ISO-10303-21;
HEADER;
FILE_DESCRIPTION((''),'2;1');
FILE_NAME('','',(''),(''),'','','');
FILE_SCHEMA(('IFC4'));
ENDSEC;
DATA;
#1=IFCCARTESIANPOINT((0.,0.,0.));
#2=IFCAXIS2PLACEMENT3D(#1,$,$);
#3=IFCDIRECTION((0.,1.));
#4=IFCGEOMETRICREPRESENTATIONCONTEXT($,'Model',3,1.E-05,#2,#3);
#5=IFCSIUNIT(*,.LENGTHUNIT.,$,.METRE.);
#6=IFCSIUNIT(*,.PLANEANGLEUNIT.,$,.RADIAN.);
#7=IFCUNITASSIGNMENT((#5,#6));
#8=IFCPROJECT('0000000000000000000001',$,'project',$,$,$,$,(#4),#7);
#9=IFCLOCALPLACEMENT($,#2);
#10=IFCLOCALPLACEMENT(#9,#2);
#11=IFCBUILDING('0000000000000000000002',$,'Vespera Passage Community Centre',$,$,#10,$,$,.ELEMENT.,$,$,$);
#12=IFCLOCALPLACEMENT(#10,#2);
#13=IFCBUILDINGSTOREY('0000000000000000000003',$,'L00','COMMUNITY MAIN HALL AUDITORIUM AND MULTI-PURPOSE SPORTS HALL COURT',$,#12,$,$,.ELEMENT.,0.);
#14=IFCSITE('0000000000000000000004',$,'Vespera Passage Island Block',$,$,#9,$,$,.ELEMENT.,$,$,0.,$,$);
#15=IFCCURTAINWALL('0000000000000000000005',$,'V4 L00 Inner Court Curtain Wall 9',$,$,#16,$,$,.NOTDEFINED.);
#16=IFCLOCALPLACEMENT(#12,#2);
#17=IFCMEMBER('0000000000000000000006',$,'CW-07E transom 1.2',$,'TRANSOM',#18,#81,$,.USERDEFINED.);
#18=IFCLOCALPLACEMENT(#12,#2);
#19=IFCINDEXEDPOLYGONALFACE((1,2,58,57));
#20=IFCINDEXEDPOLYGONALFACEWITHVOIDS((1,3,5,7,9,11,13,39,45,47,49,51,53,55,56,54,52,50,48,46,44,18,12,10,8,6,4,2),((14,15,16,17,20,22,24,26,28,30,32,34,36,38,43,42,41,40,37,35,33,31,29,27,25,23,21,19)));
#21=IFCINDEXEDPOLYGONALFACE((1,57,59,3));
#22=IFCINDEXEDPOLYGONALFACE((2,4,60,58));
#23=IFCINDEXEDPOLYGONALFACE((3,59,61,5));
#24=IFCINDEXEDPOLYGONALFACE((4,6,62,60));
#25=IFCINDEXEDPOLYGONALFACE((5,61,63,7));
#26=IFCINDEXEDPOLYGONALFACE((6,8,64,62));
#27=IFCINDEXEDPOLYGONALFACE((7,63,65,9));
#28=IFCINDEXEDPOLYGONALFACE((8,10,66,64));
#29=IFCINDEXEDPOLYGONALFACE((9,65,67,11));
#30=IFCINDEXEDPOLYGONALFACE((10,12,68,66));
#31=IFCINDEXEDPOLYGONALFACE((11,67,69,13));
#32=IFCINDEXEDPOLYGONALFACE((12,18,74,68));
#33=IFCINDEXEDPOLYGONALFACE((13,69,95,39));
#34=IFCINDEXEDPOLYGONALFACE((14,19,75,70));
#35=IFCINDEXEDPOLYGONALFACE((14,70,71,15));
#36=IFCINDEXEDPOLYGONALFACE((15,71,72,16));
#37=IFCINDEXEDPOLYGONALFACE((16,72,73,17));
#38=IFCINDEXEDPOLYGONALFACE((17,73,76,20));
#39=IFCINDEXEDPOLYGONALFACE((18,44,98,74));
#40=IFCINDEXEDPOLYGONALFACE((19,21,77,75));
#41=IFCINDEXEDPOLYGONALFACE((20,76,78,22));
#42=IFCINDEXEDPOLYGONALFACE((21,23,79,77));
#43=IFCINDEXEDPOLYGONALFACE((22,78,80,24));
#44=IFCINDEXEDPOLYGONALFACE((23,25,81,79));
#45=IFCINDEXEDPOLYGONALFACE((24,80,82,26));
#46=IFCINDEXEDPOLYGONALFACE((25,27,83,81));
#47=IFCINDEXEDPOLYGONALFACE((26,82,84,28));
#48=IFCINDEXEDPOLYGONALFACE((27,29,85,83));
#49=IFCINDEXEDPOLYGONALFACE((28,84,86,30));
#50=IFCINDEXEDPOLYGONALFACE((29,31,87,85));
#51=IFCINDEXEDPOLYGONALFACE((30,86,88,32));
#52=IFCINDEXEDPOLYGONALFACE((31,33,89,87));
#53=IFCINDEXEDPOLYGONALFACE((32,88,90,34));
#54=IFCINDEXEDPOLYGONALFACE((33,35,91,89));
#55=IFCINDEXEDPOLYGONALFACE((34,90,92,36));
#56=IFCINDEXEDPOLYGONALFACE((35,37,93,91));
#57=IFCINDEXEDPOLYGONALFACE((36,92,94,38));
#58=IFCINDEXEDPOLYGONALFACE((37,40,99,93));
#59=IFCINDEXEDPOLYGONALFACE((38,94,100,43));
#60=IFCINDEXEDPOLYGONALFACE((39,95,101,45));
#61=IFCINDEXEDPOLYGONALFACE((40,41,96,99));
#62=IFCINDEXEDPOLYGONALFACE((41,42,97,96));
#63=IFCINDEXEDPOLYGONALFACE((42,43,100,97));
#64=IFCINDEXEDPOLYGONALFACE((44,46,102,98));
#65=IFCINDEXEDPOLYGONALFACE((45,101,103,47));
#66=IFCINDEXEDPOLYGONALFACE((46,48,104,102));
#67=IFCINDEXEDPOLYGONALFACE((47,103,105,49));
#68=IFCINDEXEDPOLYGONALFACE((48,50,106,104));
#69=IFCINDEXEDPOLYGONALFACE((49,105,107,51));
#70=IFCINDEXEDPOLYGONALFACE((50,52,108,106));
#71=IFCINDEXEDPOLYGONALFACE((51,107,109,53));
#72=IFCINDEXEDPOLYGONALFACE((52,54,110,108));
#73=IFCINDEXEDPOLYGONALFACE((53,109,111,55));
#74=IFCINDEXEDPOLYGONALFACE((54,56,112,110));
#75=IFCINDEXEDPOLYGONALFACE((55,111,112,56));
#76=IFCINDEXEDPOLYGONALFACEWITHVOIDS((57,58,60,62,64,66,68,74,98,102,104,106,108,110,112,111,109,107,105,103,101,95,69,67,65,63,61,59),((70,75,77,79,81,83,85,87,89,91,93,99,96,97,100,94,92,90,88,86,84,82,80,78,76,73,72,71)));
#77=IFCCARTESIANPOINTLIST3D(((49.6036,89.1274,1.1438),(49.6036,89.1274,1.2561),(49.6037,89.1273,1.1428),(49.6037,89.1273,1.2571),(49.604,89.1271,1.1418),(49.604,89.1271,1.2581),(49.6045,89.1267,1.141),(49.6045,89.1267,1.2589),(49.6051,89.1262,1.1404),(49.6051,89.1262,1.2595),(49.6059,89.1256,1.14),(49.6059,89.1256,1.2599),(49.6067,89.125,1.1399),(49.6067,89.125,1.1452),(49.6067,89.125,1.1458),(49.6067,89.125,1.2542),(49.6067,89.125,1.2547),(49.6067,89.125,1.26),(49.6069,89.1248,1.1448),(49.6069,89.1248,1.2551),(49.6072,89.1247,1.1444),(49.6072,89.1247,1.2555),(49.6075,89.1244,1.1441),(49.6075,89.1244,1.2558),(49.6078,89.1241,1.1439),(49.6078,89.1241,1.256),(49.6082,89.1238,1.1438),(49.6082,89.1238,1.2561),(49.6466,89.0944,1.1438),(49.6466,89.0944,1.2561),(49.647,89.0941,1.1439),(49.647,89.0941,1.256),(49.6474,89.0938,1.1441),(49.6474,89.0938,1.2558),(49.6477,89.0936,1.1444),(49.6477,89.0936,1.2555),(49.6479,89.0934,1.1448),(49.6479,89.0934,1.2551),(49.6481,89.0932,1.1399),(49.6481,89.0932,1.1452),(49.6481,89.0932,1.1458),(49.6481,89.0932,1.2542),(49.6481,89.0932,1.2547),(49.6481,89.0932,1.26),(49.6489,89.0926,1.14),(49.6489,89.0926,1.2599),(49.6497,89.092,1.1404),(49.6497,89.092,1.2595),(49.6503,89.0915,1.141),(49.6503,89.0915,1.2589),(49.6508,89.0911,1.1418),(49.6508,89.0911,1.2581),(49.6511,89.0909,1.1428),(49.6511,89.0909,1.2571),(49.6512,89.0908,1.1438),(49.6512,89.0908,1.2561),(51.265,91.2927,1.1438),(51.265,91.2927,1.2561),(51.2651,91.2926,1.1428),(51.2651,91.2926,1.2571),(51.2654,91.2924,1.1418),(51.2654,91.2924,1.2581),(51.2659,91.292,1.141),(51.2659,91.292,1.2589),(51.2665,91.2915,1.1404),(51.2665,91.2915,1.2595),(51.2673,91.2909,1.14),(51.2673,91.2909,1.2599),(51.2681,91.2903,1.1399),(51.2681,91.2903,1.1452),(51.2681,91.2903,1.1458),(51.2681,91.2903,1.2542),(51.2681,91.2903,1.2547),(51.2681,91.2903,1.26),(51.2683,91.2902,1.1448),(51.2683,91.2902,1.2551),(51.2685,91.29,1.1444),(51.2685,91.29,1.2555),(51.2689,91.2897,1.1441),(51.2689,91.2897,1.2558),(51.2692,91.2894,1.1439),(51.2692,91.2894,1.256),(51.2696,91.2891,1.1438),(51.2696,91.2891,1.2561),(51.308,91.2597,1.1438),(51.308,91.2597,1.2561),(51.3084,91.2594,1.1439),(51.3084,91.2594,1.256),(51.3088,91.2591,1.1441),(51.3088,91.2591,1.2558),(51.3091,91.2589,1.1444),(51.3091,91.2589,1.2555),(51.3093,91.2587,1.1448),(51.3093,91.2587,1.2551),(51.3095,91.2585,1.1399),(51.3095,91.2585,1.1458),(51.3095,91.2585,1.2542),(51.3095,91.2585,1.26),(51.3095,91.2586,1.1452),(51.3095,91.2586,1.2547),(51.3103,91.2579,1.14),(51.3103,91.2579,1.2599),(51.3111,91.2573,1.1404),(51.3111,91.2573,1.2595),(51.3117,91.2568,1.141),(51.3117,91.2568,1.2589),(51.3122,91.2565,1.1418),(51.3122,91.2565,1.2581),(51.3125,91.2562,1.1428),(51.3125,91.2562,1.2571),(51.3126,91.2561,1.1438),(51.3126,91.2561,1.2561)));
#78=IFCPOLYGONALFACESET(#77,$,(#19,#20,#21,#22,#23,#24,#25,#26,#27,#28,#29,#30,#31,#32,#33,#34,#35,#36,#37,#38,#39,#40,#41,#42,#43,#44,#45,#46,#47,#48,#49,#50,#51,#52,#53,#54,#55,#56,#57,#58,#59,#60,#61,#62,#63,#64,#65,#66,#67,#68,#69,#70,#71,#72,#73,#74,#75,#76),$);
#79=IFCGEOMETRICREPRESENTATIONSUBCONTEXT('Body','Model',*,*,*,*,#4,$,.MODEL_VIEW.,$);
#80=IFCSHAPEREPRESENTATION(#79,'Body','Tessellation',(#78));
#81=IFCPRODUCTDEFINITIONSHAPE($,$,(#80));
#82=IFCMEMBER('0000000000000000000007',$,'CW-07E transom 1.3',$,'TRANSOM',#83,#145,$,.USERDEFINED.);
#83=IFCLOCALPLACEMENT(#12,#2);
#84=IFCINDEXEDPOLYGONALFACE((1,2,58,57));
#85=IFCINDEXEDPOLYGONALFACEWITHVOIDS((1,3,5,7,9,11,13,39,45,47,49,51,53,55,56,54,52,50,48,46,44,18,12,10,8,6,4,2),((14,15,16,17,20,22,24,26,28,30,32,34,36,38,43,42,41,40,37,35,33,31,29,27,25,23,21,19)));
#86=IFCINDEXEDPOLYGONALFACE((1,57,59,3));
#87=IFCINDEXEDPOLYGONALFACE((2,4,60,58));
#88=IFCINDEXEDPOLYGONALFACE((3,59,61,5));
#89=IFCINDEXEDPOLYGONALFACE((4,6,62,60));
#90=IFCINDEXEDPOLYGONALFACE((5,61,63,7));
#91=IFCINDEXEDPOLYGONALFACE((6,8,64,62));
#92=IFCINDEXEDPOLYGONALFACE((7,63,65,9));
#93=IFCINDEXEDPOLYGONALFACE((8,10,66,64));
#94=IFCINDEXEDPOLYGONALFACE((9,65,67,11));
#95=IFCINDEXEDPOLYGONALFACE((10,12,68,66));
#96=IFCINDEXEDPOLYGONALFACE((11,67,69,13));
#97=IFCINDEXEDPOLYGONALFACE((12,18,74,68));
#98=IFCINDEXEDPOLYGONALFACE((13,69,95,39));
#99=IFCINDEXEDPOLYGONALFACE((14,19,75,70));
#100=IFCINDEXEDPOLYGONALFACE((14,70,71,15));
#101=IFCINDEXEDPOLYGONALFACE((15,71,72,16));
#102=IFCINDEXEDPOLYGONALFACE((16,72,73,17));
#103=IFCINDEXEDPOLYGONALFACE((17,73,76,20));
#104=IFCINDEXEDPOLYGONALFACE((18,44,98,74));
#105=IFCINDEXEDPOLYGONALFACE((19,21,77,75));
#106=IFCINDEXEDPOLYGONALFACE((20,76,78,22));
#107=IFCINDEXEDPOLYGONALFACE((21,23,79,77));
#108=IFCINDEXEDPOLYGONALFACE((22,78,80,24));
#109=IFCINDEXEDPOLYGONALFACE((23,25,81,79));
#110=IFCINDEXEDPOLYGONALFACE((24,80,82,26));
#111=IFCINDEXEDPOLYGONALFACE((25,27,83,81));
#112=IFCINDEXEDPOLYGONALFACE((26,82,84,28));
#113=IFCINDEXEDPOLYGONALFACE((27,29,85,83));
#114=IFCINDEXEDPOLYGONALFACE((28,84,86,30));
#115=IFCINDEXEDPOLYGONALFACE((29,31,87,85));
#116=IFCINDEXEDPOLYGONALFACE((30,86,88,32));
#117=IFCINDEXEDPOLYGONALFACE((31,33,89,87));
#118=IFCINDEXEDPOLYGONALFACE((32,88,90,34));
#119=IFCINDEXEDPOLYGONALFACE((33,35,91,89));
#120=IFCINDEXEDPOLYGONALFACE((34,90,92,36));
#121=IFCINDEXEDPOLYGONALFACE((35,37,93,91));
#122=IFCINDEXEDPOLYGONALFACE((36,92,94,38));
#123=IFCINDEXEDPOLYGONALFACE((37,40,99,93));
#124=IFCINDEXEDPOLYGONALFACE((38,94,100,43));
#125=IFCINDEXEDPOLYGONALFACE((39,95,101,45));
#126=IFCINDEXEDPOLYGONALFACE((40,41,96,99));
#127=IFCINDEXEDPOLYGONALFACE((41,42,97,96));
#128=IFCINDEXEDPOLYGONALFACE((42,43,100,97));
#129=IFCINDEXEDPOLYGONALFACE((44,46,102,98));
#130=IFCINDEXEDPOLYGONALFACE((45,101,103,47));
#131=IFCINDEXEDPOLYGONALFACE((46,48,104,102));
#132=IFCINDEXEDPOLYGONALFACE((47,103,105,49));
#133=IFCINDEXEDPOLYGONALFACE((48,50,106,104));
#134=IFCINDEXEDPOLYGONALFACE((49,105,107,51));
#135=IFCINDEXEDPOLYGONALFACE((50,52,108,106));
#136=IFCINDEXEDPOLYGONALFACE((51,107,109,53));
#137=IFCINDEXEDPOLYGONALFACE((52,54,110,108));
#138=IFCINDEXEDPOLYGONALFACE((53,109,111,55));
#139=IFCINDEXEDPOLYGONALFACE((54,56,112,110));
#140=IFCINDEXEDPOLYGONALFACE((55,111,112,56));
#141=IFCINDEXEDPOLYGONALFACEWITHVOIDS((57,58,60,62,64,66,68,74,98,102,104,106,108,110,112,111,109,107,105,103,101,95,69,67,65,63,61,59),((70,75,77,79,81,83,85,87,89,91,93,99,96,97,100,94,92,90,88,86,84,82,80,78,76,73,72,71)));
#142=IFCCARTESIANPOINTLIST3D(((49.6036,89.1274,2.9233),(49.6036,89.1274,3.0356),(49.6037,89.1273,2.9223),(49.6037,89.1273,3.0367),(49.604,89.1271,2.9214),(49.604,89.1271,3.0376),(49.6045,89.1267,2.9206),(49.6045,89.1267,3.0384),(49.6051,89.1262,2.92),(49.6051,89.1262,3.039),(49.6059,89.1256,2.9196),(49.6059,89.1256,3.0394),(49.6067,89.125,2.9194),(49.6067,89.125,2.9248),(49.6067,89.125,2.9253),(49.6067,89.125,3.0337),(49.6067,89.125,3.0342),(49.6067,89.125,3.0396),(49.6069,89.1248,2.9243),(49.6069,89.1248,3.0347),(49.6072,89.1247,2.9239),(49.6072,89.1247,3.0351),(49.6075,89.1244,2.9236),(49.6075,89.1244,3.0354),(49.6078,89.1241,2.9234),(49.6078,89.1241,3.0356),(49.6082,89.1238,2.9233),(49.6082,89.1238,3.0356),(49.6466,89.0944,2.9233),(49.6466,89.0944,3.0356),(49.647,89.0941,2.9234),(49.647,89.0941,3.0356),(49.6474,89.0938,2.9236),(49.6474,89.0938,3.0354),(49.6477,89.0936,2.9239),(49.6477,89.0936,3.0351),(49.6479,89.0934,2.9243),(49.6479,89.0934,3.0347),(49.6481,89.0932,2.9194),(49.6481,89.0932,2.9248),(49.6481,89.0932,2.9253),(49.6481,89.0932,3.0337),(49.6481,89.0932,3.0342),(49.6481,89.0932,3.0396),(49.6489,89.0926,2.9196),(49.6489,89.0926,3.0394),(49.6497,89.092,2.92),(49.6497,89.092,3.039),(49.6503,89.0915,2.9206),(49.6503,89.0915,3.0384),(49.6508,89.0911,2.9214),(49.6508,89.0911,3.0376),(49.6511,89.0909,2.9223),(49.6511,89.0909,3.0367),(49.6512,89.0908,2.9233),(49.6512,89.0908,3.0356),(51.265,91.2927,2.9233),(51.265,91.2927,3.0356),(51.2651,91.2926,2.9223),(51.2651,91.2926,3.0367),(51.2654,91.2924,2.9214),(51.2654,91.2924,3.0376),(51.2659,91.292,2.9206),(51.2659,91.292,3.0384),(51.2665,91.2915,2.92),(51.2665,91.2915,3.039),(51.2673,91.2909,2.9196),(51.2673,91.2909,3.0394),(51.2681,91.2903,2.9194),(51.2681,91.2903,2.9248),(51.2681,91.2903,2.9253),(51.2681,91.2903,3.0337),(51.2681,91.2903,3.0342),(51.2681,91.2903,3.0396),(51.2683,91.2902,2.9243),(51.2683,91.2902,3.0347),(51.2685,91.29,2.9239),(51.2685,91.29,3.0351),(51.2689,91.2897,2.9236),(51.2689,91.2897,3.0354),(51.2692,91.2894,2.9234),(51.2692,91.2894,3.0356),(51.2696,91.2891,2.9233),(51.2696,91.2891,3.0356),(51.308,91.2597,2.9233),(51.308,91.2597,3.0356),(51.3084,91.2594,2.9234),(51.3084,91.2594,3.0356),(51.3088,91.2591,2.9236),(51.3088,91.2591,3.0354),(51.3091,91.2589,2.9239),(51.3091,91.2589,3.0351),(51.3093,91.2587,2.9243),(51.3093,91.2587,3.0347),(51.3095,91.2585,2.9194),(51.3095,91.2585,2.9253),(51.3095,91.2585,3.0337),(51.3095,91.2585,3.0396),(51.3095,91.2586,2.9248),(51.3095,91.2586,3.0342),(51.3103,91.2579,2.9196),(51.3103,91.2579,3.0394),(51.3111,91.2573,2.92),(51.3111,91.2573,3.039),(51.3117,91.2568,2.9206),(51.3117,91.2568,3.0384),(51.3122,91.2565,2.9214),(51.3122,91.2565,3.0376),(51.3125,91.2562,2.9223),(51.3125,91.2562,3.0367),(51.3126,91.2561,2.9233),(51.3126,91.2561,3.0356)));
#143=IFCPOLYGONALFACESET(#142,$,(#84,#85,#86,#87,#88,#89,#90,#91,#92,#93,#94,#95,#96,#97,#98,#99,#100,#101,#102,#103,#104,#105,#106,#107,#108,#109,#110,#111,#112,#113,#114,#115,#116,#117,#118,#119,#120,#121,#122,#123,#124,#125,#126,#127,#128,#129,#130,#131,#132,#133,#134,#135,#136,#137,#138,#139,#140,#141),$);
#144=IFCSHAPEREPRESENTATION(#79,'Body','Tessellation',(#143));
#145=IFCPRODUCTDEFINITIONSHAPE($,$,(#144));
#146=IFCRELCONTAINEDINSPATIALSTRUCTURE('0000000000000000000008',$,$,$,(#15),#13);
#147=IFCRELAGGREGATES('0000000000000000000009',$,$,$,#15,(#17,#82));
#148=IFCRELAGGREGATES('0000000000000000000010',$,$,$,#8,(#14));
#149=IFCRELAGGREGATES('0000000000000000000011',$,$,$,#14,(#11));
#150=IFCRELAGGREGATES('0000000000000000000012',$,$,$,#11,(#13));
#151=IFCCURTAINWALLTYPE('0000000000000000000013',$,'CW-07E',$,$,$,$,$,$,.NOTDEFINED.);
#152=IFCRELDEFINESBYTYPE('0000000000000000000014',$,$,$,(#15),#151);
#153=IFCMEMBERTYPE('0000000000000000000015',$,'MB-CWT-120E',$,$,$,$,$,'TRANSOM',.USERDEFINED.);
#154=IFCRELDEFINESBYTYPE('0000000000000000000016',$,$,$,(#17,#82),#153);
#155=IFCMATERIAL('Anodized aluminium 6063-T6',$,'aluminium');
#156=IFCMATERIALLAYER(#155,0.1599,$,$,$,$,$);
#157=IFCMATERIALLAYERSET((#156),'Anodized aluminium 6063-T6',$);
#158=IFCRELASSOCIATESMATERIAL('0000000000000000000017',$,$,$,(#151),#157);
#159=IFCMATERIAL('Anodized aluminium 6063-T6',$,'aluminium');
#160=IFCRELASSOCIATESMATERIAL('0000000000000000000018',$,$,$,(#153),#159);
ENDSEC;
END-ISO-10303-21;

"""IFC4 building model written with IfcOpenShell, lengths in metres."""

from ifc_helpers import new_model, si_unit, direction, frame, origin, origin_2d, place, context, subcontext, project, spatial, hollow_rectangle, extrude, material, layer, layer_set, material_profile, profile_set, type_object, element, aggregate, save


model = new_model("IFC4")

# Units and contexts
model_context = context("Model", 3, precision=1e-05, world=origin(), true_north=direction((0.0, 1.0)))
body_context = subcontext(model_context, "Body", "Model", "MODEL_VIEW")
ifc_project = project(units=[si_unit("LENGTHUNIT", "METRE"), si_unit("PLANEANGLEUNIT", "RADIAN")], contexts=[model_context])

# Site, building, storey
site_placement = place(None, origin())
site = spatial("IfcSite", under=ifc_project, at=site_placement, Name="Vespera Passage Island Block", CompositionType="ELEMENT", RefElevation=0.0)
building_placement = place(site_placement, origin())
building = spatial("IfcBuilding", under=site, at=building_placement, Name="Vespera Passage Community Centre", CompositionType="ELEMENT")
storey_placement = place(building_placement, origin())
storey = spatial("IfcBuildingStorey", under=building, at=storey_placement, Name="L00", Description="COMMUNITY MAIN HALL AUDITORIUM AND MULTI-PURPOSE SPORTS HALL COURT", CompositionType="ELEMENT", Elevation=0.0)

# Curtain wall, members
ifc_material_1 = material(Name="Anodized aluminium 6063-T6", Category="aluminium")
ifc_layer_1 = layer(ifc_material_1, 0.1599)
ifc_layer_set_1 = layer_set([ifc_layer_1], Name="Anodized aluminium 6063-T6")
curtain_wall_type_1 = type_object("IfcCurtainWallType", Name="CW-07E", PredefinedType="NOTDEFINED", material=ifc_layer_set_1)
curtain_wall_1_placement = place(storey_placement, origin())
curtain_wall_1 = element("IfcCurtainWall", 1, at=curtain_wall_1_placement, inside=storey, type_object=curtain_wall_type_1, Name="V4 L00 Inner Court Curtain Wall 9", PredefinedType="NOTDEFINED")
ifc_material_2 = material(Name="Anodized aluminium 6063-T6", Category="aluminium")
ifc_material_profile_1 = material_profile(ifc_material_2, hollow_rectangle(XDim=0.0601, YDim=0.1201, WallThickness=0.0039, InnerFilletRadius=0.002, OuterFilletRadius=0.0039, at=origin_2d()), Name="ALU120X60X4")
ifc_profile_set_1 = profile_set([ifc_material_profile_1], Name="Anodized aluminium 6063-T6")
member_type_1 = type_object("IfcMemberType", Name="MB-CWT-120E", ElementType="TRANSOM", PredefinedType="USERDEFINED", material=ifc_profile_set_1)
member_1_placement = place(storey_placement, frame((51.2888, 91.2744, 1.2), z_axis=(-0.608738, -0.793372, 0.0), x_axis=(0.793372, -0.608738, 0.0)))
member_1 = element("IfcMember", 2, at=member_1_placement, type_object=member_type_1, Name="CW-07E transom 1.2", ObjectType="TRANSOM", PredefinedType="USERDEFINED", context=body_context, shape_type="SweptSolid", body=[
    extrude(hollow_rectangle(XDim=0.0601, YDim=0.1201, WallThickness=0.0039, InnerFilletRadius=0.002, OuterFilletRadius=0.0039, at=origin_2d()), origin(), (0.0, 0.0, 1.0), 2.7292),
])
member_2_placement = place(storey_placement, frame((51.2888, 91.2744, 2.9795), z_axis=(-0.608738, -0.793372, 0.0), x_axis=(0.793372, -0.608738, 0.0)))
member_2 = element("IfcMember", 3, at=member_2_placement, type_object=member_type_1, Name="CW-07E transom 1.3", ObjectType="TRANSOM", PredefinedType="USERDEFINED", context=body_context, shape_type="SweptSolid", body=[
    extrude(hollow_rectangle(XDim=0.0601, YDim=0.1201, WallThickness=0.0039, InnerFilletRadius=0.002, OuterFilletRadius=0.0039, at=origin_2d()), origin(), (0.0, 0.0, 1.0), 2.7292),
])
aggregate(curtain_wall_1, [member_1, member_2])

save(model, "model.ifc")
